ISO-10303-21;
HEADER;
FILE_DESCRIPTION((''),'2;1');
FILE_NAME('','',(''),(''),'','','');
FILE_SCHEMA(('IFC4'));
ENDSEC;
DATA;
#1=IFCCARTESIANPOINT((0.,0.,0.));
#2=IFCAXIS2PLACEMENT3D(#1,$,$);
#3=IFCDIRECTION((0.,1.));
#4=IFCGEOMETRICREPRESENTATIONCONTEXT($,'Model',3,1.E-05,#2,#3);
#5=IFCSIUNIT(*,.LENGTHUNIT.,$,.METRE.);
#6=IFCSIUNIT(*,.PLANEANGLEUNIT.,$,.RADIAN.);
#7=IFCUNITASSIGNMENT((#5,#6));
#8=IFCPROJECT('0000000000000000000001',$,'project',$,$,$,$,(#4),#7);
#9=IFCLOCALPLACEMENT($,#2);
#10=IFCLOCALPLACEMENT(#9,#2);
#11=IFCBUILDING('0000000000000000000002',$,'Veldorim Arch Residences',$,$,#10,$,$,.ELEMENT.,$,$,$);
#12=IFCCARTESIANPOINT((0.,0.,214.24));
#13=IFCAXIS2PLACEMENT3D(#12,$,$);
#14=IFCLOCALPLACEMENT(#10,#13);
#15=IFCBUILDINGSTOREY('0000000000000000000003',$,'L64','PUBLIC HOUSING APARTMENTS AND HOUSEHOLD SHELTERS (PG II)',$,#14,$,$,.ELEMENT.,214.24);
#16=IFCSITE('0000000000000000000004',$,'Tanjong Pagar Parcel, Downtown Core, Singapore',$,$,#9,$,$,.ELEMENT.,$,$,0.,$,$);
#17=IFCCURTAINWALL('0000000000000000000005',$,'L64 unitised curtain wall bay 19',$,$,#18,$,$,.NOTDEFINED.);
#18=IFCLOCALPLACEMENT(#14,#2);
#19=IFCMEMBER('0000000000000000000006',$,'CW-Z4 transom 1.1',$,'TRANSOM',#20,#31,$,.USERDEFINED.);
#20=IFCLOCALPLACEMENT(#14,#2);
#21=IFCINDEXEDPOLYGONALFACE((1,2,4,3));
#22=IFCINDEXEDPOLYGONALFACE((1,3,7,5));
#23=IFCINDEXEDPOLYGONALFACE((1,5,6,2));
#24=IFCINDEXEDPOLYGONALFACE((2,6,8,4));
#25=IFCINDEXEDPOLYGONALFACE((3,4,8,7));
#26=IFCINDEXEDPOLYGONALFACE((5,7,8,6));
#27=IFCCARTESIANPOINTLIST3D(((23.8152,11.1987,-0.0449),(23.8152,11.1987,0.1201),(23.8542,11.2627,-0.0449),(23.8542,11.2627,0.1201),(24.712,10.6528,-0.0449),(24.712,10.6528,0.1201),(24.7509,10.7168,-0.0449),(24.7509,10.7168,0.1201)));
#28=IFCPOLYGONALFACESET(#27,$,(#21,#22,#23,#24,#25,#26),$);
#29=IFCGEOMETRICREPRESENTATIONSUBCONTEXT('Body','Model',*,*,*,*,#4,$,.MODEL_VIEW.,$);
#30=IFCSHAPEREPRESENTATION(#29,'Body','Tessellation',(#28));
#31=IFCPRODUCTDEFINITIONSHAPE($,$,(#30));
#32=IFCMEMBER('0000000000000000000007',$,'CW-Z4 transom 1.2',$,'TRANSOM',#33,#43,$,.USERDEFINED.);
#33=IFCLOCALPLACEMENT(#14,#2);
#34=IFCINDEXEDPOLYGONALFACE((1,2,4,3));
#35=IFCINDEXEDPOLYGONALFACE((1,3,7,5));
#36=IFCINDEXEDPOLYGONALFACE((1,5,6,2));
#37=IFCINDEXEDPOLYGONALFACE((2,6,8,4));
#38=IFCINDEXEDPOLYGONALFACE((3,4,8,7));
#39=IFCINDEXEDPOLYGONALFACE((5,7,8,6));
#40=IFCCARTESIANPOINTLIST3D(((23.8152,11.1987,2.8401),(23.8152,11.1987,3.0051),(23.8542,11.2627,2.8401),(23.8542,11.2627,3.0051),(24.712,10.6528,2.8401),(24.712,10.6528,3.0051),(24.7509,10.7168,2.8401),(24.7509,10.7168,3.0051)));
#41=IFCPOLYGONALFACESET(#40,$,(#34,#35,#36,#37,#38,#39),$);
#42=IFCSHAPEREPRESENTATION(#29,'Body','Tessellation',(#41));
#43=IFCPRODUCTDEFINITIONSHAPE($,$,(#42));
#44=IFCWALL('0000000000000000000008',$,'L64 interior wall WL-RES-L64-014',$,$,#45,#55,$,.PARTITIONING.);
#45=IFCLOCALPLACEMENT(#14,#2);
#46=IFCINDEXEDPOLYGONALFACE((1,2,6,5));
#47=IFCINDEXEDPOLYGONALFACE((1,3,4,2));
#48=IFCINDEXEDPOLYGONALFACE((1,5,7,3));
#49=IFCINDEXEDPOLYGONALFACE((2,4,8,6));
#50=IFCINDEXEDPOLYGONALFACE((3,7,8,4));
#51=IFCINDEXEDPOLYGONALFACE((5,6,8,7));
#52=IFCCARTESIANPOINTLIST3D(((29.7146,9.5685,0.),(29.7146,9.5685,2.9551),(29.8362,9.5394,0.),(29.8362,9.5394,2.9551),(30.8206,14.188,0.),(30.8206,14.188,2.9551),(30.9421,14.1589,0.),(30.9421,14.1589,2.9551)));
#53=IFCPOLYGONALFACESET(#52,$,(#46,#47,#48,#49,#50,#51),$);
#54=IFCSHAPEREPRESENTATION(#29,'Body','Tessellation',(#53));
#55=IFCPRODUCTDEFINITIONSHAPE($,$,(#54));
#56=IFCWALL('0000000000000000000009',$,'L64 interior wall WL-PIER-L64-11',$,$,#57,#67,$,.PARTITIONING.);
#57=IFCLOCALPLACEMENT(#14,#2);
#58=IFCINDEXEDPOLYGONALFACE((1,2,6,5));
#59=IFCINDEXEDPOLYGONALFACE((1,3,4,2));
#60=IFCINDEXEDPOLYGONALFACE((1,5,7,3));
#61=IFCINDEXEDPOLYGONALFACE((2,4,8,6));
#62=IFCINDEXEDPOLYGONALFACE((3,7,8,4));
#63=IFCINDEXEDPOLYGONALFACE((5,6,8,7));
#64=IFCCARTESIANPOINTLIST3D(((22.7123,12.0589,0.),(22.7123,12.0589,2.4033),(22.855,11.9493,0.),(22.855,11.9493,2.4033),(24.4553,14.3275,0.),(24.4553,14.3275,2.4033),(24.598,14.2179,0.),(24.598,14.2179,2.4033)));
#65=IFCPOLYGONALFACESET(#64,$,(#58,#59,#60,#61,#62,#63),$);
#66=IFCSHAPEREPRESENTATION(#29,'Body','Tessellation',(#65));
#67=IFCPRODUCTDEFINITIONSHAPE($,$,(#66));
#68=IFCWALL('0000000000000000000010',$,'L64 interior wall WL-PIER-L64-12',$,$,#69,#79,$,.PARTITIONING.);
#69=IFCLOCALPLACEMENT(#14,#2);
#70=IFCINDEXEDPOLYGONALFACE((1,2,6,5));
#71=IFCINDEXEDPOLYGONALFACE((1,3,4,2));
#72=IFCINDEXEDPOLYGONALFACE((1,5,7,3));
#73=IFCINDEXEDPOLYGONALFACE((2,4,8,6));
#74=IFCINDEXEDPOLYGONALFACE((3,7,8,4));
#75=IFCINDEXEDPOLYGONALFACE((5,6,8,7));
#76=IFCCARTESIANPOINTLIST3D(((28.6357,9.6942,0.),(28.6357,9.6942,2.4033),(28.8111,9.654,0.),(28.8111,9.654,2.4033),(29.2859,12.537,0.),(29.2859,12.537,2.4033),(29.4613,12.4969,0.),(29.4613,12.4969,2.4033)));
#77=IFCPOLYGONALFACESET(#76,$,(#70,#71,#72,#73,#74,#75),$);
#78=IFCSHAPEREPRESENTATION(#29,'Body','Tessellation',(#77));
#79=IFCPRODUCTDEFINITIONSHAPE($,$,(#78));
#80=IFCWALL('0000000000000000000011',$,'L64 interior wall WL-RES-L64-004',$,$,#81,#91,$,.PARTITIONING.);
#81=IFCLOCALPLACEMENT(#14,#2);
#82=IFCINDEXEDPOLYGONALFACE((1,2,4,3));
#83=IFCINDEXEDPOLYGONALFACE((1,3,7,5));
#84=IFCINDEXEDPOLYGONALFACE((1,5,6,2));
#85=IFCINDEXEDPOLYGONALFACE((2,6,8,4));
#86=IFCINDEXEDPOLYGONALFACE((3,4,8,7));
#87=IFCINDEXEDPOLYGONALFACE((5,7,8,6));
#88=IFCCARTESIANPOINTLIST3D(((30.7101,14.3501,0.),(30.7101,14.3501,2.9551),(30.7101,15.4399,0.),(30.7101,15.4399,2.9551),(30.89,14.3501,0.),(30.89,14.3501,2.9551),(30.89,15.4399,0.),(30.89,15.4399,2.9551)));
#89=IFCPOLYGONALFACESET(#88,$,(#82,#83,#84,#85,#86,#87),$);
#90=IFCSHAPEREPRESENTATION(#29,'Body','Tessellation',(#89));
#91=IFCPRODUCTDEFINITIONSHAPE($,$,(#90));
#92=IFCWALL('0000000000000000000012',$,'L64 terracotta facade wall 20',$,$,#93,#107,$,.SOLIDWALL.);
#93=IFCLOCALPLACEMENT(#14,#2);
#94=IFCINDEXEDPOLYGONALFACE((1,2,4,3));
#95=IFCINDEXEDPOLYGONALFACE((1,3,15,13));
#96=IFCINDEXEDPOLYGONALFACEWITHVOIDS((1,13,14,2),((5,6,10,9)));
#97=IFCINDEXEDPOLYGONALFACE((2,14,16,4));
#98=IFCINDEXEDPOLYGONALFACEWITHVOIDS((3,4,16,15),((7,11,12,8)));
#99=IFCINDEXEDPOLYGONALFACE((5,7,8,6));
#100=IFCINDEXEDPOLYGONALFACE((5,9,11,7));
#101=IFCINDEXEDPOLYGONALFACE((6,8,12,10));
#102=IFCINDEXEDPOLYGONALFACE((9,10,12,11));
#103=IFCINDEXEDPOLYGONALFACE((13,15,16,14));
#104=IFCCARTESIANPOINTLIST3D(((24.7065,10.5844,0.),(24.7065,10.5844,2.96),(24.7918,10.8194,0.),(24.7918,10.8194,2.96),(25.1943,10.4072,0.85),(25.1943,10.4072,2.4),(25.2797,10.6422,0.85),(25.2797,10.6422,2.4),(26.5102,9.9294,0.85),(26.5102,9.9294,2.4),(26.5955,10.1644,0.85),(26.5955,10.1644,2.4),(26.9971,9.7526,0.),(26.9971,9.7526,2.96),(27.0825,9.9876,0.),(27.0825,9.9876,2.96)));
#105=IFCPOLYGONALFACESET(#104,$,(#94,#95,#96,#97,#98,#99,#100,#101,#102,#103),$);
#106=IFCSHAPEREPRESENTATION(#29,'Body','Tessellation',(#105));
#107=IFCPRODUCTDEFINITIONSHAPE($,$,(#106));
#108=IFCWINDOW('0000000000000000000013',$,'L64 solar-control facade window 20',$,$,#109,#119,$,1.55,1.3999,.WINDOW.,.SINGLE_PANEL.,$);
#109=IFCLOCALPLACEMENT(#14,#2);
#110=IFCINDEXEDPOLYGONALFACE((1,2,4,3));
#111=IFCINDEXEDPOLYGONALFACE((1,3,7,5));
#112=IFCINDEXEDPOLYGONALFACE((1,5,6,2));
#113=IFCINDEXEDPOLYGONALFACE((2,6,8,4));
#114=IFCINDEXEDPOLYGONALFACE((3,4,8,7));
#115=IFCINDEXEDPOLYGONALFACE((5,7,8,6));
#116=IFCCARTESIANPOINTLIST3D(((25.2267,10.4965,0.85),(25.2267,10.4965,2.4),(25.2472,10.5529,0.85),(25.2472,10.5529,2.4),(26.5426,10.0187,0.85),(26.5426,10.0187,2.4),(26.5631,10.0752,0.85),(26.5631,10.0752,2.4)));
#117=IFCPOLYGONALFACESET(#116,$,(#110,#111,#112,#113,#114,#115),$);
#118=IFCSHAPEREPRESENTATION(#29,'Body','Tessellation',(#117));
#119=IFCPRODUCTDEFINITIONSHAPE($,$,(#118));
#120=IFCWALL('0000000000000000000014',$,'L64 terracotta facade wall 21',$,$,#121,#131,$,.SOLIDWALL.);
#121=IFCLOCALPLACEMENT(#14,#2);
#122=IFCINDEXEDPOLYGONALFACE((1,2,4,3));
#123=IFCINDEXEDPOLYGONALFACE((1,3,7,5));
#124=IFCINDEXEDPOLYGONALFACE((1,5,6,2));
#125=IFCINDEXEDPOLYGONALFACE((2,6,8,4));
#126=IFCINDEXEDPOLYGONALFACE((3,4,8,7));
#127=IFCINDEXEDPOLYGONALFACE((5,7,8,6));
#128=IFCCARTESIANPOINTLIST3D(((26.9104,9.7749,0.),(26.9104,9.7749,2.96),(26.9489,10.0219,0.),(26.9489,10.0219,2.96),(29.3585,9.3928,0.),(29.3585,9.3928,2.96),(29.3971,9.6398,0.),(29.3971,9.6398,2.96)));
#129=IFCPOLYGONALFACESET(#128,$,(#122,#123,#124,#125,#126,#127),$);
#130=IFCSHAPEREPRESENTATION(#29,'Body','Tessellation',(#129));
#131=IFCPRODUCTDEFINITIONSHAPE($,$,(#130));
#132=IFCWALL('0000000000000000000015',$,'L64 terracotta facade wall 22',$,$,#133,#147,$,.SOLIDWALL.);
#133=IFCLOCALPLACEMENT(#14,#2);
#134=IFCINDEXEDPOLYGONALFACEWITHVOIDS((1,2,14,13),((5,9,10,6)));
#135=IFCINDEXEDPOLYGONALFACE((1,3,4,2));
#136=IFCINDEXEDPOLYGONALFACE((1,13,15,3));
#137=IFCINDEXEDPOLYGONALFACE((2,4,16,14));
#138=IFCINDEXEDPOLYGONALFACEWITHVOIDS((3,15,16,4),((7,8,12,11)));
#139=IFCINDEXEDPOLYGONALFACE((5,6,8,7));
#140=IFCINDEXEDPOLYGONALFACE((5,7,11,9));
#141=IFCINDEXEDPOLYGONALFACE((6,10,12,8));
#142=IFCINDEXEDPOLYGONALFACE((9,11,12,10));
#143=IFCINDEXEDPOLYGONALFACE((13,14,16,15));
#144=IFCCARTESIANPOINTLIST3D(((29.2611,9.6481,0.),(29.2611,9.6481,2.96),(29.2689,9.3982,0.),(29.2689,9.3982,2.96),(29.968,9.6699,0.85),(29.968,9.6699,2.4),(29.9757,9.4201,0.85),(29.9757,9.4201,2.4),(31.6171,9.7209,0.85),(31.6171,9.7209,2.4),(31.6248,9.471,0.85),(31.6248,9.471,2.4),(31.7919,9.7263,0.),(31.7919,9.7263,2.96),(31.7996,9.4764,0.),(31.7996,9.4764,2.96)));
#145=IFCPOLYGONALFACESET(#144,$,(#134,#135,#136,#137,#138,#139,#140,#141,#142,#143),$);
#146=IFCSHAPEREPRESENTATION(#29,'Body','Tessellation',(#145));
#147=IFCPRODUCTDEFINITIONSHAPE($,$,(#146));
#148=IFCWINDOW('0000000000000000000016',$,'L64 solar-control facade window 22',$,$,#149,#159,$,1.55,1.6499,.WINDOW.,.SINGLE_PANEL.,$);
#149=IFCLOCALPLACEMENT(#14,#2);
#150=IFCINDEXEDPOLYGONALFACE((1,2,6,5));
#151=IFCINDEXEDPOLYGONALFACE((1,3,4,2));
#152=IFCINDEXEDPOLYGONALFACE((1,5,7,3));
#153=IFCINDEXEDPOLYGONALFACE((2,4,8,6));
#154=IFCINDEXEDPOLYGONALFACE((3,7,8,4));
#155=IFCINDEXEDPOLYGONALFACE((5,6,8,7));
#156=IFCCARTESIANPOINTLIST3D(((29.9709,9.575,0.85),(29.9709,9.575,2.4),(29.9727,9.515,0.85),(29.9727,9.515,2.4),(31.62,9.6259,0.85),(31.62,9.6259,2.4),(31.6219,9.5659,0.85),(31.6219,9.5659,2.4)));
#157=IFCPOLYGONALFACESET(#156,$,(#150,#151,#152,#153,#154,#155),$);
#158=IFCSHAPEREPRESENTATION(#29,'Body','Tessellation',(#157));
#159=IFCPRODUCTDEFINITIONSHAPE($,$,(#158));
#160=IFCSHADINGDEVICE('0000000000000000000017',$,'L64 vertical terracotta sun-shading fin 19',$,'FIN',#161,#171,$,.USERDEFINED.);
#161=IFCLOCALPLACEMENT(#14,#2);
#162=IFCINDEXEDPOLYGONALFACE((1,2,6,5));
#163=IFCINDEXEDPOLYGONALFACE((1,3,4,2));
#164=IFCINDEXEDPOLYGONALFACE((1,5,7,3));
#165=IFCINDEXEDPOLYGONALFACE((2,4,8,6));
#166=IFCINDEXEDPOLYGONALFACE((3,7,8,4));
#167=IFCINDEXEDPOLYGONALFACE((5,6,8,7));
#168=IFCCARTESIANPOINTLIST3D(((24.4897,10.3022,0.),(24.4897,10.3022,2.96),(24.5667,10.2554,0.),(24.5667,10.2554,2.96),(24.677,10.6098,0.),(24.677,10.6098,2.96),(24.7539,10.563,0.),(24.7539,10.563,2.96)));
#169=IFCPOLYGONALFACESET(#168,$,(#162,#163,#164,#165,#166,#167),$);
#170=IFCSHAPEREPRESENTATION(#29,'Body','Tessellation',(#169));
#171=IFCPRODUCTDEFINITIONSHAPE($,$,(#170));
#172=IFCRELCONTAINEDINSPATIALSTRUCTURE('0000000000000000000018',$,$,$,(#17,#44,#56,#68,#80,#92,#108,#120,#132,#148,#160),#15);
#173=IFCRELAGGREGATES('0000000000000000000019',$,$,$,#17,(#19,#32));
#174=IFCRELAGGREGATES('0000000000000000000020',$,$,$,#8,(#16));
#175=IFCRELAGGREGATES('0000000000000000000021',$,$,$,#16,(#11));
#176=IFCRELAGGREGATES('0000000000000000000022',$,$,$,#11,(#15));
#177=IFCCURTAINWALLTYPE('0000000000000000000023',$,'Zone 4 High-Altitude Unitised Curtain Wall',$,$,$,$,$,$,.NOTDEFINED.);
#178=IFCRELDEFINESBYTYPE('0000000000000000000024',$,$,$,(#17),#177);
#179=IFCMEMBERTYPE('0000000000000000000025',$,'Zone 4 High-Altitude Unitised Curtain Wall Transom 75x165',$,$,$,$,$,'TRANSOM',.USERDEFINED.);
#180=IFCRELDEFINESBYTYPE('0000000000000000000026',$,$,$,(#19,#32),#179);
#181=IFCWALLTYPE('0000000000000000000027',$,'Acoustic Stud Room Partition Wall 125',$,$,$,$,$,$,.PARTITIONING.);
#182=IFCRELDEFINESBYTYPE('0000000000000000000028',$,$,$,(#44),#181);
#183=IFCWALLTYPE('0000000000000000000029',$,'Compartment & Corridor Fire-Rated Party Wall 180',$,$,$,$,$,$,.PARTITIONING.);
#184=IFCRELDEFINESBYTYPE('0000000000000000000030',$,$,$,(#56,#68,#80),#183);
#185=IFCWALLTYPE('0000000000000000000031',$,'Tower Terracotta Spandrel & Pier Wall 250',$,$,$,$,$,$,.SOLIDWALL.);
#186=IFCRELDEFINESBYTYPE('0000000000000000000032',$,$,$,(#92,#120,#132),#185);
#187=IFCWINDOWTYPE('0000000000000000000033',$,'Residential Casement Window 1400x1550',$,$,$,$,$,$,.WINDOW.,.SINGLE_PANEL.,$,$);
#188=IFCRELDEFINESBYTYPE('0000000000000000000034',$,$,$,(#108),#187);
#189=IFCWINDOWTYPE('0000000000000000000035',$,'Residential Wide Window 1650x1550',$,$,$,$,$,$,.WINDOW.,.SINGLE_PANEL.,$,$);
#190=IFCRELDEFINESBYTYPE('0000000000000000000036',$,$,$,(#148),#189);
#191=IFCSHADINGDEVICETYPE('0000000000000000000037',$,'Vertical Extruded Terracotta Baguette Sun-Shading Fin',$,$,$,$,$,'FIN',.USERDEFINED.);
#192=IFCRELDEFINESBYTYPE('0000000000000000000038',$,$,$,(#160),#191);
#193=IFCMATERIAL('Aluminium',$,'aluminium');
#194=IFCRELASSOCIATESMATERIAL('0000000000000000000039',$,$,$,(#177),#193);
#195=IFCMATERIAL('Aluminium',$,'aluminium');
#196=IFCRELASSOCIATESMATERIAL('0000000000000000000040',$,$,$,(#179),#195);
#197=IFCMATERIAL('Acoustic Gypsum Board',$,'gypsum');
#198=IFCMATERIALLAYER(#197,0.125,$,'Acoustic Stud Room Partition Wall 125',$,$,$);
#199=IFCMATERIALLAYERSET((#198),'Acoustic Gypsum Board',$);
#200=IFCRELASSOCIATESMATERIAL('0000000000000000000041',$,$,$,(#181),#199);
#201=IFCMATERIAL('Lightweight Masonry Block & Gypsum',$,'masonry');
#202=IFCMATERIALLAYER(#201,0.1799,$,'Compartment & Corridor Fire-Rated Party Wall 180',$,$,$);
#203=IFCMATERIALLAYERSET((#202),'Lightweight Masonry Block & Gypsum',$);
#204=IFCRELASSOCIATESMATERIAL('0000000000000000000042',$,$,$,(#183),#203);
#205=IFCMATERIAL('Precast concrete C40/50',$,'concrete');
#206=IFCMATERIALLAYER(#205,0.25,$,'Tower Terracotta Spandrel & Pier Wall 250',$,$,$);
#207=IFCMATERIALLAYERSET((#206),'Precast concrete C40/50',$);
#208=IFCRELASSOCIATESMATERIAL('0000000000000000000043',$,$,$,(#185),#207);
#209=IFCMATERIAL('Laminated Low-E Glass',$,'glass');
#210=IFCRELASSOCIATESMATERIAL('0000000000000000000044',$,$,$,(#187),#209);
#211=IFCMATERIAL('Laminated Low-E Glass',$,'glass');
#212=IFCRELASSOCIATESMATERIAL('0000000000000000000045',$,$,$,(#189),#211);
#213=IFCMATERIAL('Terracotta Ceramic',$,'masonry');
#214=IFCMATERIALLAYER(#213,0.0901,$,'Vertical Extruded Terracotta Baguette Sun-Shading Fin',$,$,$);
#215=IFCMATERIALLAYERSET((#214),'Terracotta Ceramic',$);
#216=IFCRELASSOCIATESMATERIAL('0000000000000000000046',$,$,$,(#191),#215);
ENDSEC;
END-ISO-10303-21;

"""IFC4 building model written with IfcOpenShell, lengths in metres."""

from ifc_helpers import new_model, si_unit, direction, frame, frame_2d, origin, origin_2d, place, context, subcontext, project, spatial, rectangle, extrude, material, layer, layer_set, material_profile, profile_set, type_object, element, fill, aggregate, save


model = new_model("IFC4")

# Units and contexts
model_context = context("Model", 3, precision=1e-05, world=origin(), true_north=direction((0.0, 1.0)))
body_context = subcontext(model_context, "Body", "Model", "MODEL_VIEW")
ifc_project = project(units=[si_unit("LENGTHUNIT", "METRE"), si_unit("PLANEANGLEUNIT", "RADIAN")], contexts=[model_context])

# Site, building, storey
site_placement = place(None, origin())
site = spatial("IfcSite", under=ifc_project, at=site_placement, Name="Tanjong Pagar Parcel, Downtown Core, Singapore", CompositionType="ELEMENT", RefElevation=0.0)
building_placement = place(site_placement, origin())
building = spatial("IfcBuilding", under=site, at=building_placement, Name="Veldorim Arch Residences", CompositionType="ELEMENT")
storey_placement = place(building_placement, frame((0.0, 0.0, 214.24)))
storey = spatial("IfcBuildingStorey", under=building, at=storey_placement, Name="L64", Description="PUBLIC HOUSING APARTMENTS AND HOUSEHOLD SHELTERS (PG II)", CompositionType="ELEMENT", Elevation=214.24)

# Curtain wall, members
ifc_material_1 = material(Name="Aluminium", Category="aluminium")
curtain_wall_type = type_object("IfcCurtainWallType", Name="Zone 4 High-Altitude Unitised Curtain Wall", PredefinedType="NOTDEFINED", material=ifc_material_1)
curtain_wall_placement = place(storey_placement, origin())
curtain_wall = element("IfcCurtainWall", 1, at=curtain_wall_placement, inside=storey, type_object=curtain_wall_type, Name="L64 unitised curtain wall bay 19", PredefinedType="NOTDEFINED")
ifc_material_2 = material(Name="Aluminium", Category="aluminium")
ifc_material_profile_1 = material_profile(ifc_material_2, rectangle(XDim=0.075, YDim=0.165, at=origin_2d()), Name="ALU_TRN_75x165")
ifc_profile_set_1 = profile_set([ifc_material_profile_1], Name="Aluminium")
member_type_1 = type_object("IfcMemberType", Name="Zone 4 High-Altitude Unitised Curtain Wall Transom 75x165", ElementType="TRANSOM", PredefinedType="USERDEFINED", material=ifc_profile_set_1)
member_1_placement = place(storey_placement, frame((24.7314, 10.6848, 0.0376), z_axis=(-0.854172, 0.519991, 0.0), x_axis=(-0.519991, -0.854172, 0.0)))
member_1 = element("IfcMember", 2, at=member_1_placement, type_object=member_type_1, Name="CW-Z4 transom 1.1", ObjectType="TRANSOM", PredefinedType="USERDEFINED", context=body_context, shape_type="SweptSolid", body=[
    extrude(rectangle(XDim=0.075, YDim=0.165, at=origin_2d()), origin(), (0.0, 0.0, 1.0), 1.0498),
])
member_2_placement = place(storey_placement, frame((24.7314, 10.6848, 2.9226), z_axis=(-0.854172, 0.519991, 0.0), x_axis=(-0.519991, -0.854172, 0.0)))
member_2 = element("IfcMember", 3, at=member_2_placement, type_object=member_type_1, Name="CW-Z4 transom 1.2", ObjectType="TRANSOM", PredefinedType="USERDEFINED", context=body_context, shape_type="SweptSolid", body=[
    extrude(rectangle(XDim=0.075, YDim=0.165, at=origin_2d()), origin(), (0.0, 0.0, 1.0), 1.0498),
])
aggregate(curtain_wall, [member_1, member_2])

# Walls
ifc_material_3 = material(Name="Acoustic Gypsum Board", Category="gypsum")
ifc_layer_1 = layer(ifc_material_3, 0.125, Name="Acoustic Stud Room Partition Wall 125")
ifc_layer_set_1 = layer_set([ifc_layer_1], Name="Acoustic Gypsum Board")
wall_type_1 = type_object("IfcWallType", Name="Acoustic Stud Room Partition Wall 125", PredefinedType="PARTITIONING", material=ifc_layer_set_1)
wall_1_placement = place(storey_placement, frame((29.7754, 9.554, 0.0), z_axis=(0.0, 0.0, 1.0), x_axis=(0.232836, 0.972516, 0.0)))
element("IfcWall", 4, at=wall_1_placement, inside=storey, type_object=wall_type_1, Name="L64 interior wall WL-RES-L64-014", PredefinedType="PARTITIONING", context=body_context, shape_type="SweptSolid", body=[
    extrude(rectangle(XDim=4.75, YDim=0.125, at=frame_2d((2.375, 0.0))), origin(), (0.0, 0.0, 1.0), 2.9551),
])
ifc_material_4 = material(Name="Lightweight Masonry Block & Gypsum", Category="masonry")
ifc_layer_2 = layer(ifc_material_4, 0.1799, Name="Compartment & Corridor Fire-Rated Party Wall 180")
ifc_layer_set_2 = layer_set([ifc_layer_2], Name="Lightweight Masonry Block & Gypsum")
wall_type_2 = type_object("IfcWallType", Name="Compartment & Corridor Fire-Rated Party Wall 180", PredefinedType="PARTITIONING", material=ifc_layer_set_2)
wall_2_placement = place(storey_placement, frame((24.5266, 14.2727, 0.0), z_axis=(0.0, 0.0, 1.0), x_axis=(-0.609245, -0.792982, 0.0)))
element("IfcWall", 5, at=wall_2_placement, inside=storey, type_object=wall_type_2, Name="L64 interior wall WL-PIER-L64-11", PredefinedType="PARTITIONING", context=body_context, shape_type="SweptSolid", body=[
    extrude(rectangle(XDim=2.8608, YDim=0.1799, at=frame_2d((1.4304, 0.0))), origin(), (0.0, 0.0, 1.0), 2.4033),
])
wall_3_placement = place(storey_placement, frame((29.3735, 12.5168, 0.0), z_axis=(0.0, 0.0, 1.0), x_axis=(-0.222945, -0.974831, 0.0)))
element("IfcWall", 6, at=wall_3_placement, inside=storey, type_object=wall_type_2, Name="L64 interior wall WL-PIER-L64-12", PredefinedType="PARTITIONING", context=body_context, shape_type="SweptSolid", body=[
    extrude(rectangle(XDim=2.9163, YDim=0.1799, at=frame_2d((1.458, 0.0))), origin(), (0.0, 0.0, 1.0), 2.4033),
])
wall_4_placement = place(storey_placement, frame((30.8, 14.3501, 0.0), z_axis=(0.0, 0.0, 1.0), x_axis=(0.0, 1.0, 0.0)))
element("IfcWall", 7, at=wall_4_placement, inside=storey, type_object=wall_type_2, Name="L64 interior wall WL-RES-L64-004", PredefinedType="PARTITIONING", context=body_context, shape_type="SweptSolid", body=[
    extrude(rectangle(XDim=1.0898, YDim=0.1799, at=frame_2d((0.5449, 0.0))), origin(), (0.0, 0.0, 1.0), 2.9551),
])

# Wall, opening, window
ifc_material_5 = material(Name="Precast concrete C40/50", Category="concrete")
ifc_layer_3 = layer(ifc_material_5, 0.25, Name="Tower Terracotta Spandrel & Pier Wall 250")
ifc_layer_set_3 = layer_set([ifc_layer_3], Name="Precast concrete C40/50")
wall_type_3 = type_object("IfcWallType", Name="Tower Terracotta Spandrel & Pier Wall 250", PredefinedType="SOLIDWALL", material=ifc_layer_set_3)
wall_5_placement = place(storey_placement, frame((27.0398, 9.8701, 0.0), z_axis=(0.0, 0.0, 1.0), x_axis=(-0.939954, 0.341301, 0.0)))
wall_5 = element("IfcWall", 8, at=wall_5_placement, inside=storey, type_object=wall_type_3, Name="L64 terracotta facade wall 20", PredefinedType="SOLIDWALL", context=body_context, shape_type="SweptSolid", body=[
    extrude(rectangle(XDim=2.437, YDim=0.25, at=frame_2d((1.2185, 0.0))), origin(), (0.0, 0.0, 1.0), 2.96),
])
opening_1_placement = place(wall_5_placement, frame((0.5181, 0.0, 0.8501)))
opening_1 = element("IfcOpeningElement", 9, at=opening_1_placement, cuts=wall_5, PredefinedType="OPENING", context=body_context, shape_type="SweptSolid", body=[
    extrude(rectangle(XDim=1.3999, YDim=1.55, at=frame_2d((0.7, 0.7749))), frame((0.0, 0.135, 0.0), z_axis=(0.0, -1.0, 0.0), x_axis=(1.0, 0.0, 0.0)), (0.0, 0.0, 1.0), 0.27),
])
ifc_material_6 = material(Name="Laminated Low-E Glass", Category="glass")
window_type_1 = type_object("IfcWindowType", Name="Residential Casement Window 1400x1550", PartitioningType="SINGLE_PANEL", PredefinedType="WINDOW", material=ifc_material_6)
window_1_placement = place(opening_1_placement, origin())
window_1 = element("IfcWindow", 10, at=window_1_placement, inside=storey, type_object=window_type_1, Name="L64 solar-control facade window 20", OverallHeight=1.55, OverallWidth=1.3999, PartitioningType="SINGLE_PANEL", PredefinedType="WINDOW", context=body_context, shape_type="SweptSolid", body=[
    extrude(rectangle(XDim=1.3999, YDim=1.55, at=frame_2d((0.7, 0.7749))), frame((0.0, 0.03, 0.0), z_axis=(0.0, -1.0, 0.0), x_axis=(1.0, 0.0, 0.0)), (0.0, 0.0, 1.0), 0.0601),
])
fill(opening_1, window_1)

# Wall
wall_6_placement = place(storey_placement, frame((29.3777, 9.5164, 0.0), z_axis=(0.0, 0.0, 1.0), x_axis=(-0.98804, 0.154197, 0.0)))
element("IfcWall", 11, at=wall_6_placement, inside=storey, type_object=wall_type_3, Name="L64 terracotta facade wall 21", PredefinedType="SOLIDWALL", context=body_context, shape_type="SweptSolid", body=[
    extrude(rectangle(XDim=2.4778, YDim=0.25, at=frame_2d((1.2388, 0.0))), origin(), (0.0, 0.0, 1.0), 2.96),
])

# Wall, opening, window
wall_7_placement = place(storey_placement, frame((31.7959, 9.6013, 0.0), z_axis=(0.0, 0.0, 1.0), x_axis=(-0.999524, -0.030855, 0.0)))
wall_7 = element("IfcWall", 12, at=wall_7_placement, inside=storey, type_object=wall_type_3, Name="L64 terracotta facade wall 22", PredefinedType="SOLIDWALL", context=body_context, shape_type="SweptSolid", body=[
    extrude(rectangle(XDim=2.532, YDim=0.25, at=frame_2d((1.2661, 0.0))), origin(), (0.0, 0.0, 1.0), 2.96),
])
opening_2_placement = place(wall_7_placement, frame((0.175, 0.0, 0.8501)))
opening_2 = element("IfcOpeningElement", 13, at=opening_2_placement, cuts=wall_7, PredefinedType="OPENING", context=body_context, shape_type="SweptSolid", body=[
    extrude(rectangle(XDim=1.6499, YDim=1.55, at=frame_2d((0.825, 0.7749))), frame((0.0, 0.135, 0.0), z_axis=(0.0, -1.0, 0.0), x_axis=(1.0, 0.0, 0.0)), (0.0, 0.0, 1.0), 0.27),
])
ifc_material_7 = material(Name="Laminated Low-E Glass", Category="glass")
window_type_2 = type_object("IfcWindowType", Name="Residential Wide Window 1650x1550", PartitioningType="SINGLE_PANEL", PredefinedType="WINDOW", material=ifc_material_7)
window_2_placement = place(opening_2_placement, origin())
window_2 = element("IfcWindow", 14, at=window_2_placement, inside=storey, type_object=window_type_2, Name="L64 solar-control facade window 22", OverallHeight=1.55, OverallWidth=1.6499, PartitioningType="SINGLE_PANEL", PredefinedType="WINDOW", context=body_context, shape_type="SweptSolid", body=[
    extrude(rectangle(XDim=1.6499, YDim=1.55, at=frame_2d((0.825, 0.7749))), frame((0.0, 0.03, 0.0), z_axis=(0.0, -1.0, 0.0), x_axis=(1.0, 0.0, 0.0)), (0.0, 0.0, 1.0), 0.0601),
])
fill(opening_2, window_2)

# Shading device
ifc_material_8 = material(Name="Terracotta Ceramic", Category="masonry")
ifc_layer_4 = layer(ifc_material_8, 0.0901, Name="Vertical Extruded Terracotta Baguette Sun-Shading Fin")
ifc_layer_set_4 = layer_set([ifc_layer_4], Name="Terracotta Ceramic")
shading_device_type = type_object("IfcShadingDeviceType", Name="Vertical Extruded Terracotta Baguette Sun-Shading Fin", ElementType="FIN", PredefinedType="USERDEFINED", material=ifc_layer_set_4)
shading_device_placement = place(storey_placement, frame((24.6218, 10.4326, 0.0), z_axis=(0.0, 0.0, 1.0), x_axis=(-0.854187, 0.519966, 0.0)))
element("IfcShadingDevice", 15, at=shading_device_placement, inside=storey, type_object=shading_device_type, Name="L64 vertical terracotta sun-shading fin 19", ObjectType="FIN", PredefinedType="USERDEFINED", context=body_context, shape_type="SweptSolid", body=[
    extrude(rectangle(XDim=0.0901, YDim=0.3601, at=origin_2d()), origin(), (0.0, 0.0, 1.0), 2.96),
])

save(model, "model.ifc")
